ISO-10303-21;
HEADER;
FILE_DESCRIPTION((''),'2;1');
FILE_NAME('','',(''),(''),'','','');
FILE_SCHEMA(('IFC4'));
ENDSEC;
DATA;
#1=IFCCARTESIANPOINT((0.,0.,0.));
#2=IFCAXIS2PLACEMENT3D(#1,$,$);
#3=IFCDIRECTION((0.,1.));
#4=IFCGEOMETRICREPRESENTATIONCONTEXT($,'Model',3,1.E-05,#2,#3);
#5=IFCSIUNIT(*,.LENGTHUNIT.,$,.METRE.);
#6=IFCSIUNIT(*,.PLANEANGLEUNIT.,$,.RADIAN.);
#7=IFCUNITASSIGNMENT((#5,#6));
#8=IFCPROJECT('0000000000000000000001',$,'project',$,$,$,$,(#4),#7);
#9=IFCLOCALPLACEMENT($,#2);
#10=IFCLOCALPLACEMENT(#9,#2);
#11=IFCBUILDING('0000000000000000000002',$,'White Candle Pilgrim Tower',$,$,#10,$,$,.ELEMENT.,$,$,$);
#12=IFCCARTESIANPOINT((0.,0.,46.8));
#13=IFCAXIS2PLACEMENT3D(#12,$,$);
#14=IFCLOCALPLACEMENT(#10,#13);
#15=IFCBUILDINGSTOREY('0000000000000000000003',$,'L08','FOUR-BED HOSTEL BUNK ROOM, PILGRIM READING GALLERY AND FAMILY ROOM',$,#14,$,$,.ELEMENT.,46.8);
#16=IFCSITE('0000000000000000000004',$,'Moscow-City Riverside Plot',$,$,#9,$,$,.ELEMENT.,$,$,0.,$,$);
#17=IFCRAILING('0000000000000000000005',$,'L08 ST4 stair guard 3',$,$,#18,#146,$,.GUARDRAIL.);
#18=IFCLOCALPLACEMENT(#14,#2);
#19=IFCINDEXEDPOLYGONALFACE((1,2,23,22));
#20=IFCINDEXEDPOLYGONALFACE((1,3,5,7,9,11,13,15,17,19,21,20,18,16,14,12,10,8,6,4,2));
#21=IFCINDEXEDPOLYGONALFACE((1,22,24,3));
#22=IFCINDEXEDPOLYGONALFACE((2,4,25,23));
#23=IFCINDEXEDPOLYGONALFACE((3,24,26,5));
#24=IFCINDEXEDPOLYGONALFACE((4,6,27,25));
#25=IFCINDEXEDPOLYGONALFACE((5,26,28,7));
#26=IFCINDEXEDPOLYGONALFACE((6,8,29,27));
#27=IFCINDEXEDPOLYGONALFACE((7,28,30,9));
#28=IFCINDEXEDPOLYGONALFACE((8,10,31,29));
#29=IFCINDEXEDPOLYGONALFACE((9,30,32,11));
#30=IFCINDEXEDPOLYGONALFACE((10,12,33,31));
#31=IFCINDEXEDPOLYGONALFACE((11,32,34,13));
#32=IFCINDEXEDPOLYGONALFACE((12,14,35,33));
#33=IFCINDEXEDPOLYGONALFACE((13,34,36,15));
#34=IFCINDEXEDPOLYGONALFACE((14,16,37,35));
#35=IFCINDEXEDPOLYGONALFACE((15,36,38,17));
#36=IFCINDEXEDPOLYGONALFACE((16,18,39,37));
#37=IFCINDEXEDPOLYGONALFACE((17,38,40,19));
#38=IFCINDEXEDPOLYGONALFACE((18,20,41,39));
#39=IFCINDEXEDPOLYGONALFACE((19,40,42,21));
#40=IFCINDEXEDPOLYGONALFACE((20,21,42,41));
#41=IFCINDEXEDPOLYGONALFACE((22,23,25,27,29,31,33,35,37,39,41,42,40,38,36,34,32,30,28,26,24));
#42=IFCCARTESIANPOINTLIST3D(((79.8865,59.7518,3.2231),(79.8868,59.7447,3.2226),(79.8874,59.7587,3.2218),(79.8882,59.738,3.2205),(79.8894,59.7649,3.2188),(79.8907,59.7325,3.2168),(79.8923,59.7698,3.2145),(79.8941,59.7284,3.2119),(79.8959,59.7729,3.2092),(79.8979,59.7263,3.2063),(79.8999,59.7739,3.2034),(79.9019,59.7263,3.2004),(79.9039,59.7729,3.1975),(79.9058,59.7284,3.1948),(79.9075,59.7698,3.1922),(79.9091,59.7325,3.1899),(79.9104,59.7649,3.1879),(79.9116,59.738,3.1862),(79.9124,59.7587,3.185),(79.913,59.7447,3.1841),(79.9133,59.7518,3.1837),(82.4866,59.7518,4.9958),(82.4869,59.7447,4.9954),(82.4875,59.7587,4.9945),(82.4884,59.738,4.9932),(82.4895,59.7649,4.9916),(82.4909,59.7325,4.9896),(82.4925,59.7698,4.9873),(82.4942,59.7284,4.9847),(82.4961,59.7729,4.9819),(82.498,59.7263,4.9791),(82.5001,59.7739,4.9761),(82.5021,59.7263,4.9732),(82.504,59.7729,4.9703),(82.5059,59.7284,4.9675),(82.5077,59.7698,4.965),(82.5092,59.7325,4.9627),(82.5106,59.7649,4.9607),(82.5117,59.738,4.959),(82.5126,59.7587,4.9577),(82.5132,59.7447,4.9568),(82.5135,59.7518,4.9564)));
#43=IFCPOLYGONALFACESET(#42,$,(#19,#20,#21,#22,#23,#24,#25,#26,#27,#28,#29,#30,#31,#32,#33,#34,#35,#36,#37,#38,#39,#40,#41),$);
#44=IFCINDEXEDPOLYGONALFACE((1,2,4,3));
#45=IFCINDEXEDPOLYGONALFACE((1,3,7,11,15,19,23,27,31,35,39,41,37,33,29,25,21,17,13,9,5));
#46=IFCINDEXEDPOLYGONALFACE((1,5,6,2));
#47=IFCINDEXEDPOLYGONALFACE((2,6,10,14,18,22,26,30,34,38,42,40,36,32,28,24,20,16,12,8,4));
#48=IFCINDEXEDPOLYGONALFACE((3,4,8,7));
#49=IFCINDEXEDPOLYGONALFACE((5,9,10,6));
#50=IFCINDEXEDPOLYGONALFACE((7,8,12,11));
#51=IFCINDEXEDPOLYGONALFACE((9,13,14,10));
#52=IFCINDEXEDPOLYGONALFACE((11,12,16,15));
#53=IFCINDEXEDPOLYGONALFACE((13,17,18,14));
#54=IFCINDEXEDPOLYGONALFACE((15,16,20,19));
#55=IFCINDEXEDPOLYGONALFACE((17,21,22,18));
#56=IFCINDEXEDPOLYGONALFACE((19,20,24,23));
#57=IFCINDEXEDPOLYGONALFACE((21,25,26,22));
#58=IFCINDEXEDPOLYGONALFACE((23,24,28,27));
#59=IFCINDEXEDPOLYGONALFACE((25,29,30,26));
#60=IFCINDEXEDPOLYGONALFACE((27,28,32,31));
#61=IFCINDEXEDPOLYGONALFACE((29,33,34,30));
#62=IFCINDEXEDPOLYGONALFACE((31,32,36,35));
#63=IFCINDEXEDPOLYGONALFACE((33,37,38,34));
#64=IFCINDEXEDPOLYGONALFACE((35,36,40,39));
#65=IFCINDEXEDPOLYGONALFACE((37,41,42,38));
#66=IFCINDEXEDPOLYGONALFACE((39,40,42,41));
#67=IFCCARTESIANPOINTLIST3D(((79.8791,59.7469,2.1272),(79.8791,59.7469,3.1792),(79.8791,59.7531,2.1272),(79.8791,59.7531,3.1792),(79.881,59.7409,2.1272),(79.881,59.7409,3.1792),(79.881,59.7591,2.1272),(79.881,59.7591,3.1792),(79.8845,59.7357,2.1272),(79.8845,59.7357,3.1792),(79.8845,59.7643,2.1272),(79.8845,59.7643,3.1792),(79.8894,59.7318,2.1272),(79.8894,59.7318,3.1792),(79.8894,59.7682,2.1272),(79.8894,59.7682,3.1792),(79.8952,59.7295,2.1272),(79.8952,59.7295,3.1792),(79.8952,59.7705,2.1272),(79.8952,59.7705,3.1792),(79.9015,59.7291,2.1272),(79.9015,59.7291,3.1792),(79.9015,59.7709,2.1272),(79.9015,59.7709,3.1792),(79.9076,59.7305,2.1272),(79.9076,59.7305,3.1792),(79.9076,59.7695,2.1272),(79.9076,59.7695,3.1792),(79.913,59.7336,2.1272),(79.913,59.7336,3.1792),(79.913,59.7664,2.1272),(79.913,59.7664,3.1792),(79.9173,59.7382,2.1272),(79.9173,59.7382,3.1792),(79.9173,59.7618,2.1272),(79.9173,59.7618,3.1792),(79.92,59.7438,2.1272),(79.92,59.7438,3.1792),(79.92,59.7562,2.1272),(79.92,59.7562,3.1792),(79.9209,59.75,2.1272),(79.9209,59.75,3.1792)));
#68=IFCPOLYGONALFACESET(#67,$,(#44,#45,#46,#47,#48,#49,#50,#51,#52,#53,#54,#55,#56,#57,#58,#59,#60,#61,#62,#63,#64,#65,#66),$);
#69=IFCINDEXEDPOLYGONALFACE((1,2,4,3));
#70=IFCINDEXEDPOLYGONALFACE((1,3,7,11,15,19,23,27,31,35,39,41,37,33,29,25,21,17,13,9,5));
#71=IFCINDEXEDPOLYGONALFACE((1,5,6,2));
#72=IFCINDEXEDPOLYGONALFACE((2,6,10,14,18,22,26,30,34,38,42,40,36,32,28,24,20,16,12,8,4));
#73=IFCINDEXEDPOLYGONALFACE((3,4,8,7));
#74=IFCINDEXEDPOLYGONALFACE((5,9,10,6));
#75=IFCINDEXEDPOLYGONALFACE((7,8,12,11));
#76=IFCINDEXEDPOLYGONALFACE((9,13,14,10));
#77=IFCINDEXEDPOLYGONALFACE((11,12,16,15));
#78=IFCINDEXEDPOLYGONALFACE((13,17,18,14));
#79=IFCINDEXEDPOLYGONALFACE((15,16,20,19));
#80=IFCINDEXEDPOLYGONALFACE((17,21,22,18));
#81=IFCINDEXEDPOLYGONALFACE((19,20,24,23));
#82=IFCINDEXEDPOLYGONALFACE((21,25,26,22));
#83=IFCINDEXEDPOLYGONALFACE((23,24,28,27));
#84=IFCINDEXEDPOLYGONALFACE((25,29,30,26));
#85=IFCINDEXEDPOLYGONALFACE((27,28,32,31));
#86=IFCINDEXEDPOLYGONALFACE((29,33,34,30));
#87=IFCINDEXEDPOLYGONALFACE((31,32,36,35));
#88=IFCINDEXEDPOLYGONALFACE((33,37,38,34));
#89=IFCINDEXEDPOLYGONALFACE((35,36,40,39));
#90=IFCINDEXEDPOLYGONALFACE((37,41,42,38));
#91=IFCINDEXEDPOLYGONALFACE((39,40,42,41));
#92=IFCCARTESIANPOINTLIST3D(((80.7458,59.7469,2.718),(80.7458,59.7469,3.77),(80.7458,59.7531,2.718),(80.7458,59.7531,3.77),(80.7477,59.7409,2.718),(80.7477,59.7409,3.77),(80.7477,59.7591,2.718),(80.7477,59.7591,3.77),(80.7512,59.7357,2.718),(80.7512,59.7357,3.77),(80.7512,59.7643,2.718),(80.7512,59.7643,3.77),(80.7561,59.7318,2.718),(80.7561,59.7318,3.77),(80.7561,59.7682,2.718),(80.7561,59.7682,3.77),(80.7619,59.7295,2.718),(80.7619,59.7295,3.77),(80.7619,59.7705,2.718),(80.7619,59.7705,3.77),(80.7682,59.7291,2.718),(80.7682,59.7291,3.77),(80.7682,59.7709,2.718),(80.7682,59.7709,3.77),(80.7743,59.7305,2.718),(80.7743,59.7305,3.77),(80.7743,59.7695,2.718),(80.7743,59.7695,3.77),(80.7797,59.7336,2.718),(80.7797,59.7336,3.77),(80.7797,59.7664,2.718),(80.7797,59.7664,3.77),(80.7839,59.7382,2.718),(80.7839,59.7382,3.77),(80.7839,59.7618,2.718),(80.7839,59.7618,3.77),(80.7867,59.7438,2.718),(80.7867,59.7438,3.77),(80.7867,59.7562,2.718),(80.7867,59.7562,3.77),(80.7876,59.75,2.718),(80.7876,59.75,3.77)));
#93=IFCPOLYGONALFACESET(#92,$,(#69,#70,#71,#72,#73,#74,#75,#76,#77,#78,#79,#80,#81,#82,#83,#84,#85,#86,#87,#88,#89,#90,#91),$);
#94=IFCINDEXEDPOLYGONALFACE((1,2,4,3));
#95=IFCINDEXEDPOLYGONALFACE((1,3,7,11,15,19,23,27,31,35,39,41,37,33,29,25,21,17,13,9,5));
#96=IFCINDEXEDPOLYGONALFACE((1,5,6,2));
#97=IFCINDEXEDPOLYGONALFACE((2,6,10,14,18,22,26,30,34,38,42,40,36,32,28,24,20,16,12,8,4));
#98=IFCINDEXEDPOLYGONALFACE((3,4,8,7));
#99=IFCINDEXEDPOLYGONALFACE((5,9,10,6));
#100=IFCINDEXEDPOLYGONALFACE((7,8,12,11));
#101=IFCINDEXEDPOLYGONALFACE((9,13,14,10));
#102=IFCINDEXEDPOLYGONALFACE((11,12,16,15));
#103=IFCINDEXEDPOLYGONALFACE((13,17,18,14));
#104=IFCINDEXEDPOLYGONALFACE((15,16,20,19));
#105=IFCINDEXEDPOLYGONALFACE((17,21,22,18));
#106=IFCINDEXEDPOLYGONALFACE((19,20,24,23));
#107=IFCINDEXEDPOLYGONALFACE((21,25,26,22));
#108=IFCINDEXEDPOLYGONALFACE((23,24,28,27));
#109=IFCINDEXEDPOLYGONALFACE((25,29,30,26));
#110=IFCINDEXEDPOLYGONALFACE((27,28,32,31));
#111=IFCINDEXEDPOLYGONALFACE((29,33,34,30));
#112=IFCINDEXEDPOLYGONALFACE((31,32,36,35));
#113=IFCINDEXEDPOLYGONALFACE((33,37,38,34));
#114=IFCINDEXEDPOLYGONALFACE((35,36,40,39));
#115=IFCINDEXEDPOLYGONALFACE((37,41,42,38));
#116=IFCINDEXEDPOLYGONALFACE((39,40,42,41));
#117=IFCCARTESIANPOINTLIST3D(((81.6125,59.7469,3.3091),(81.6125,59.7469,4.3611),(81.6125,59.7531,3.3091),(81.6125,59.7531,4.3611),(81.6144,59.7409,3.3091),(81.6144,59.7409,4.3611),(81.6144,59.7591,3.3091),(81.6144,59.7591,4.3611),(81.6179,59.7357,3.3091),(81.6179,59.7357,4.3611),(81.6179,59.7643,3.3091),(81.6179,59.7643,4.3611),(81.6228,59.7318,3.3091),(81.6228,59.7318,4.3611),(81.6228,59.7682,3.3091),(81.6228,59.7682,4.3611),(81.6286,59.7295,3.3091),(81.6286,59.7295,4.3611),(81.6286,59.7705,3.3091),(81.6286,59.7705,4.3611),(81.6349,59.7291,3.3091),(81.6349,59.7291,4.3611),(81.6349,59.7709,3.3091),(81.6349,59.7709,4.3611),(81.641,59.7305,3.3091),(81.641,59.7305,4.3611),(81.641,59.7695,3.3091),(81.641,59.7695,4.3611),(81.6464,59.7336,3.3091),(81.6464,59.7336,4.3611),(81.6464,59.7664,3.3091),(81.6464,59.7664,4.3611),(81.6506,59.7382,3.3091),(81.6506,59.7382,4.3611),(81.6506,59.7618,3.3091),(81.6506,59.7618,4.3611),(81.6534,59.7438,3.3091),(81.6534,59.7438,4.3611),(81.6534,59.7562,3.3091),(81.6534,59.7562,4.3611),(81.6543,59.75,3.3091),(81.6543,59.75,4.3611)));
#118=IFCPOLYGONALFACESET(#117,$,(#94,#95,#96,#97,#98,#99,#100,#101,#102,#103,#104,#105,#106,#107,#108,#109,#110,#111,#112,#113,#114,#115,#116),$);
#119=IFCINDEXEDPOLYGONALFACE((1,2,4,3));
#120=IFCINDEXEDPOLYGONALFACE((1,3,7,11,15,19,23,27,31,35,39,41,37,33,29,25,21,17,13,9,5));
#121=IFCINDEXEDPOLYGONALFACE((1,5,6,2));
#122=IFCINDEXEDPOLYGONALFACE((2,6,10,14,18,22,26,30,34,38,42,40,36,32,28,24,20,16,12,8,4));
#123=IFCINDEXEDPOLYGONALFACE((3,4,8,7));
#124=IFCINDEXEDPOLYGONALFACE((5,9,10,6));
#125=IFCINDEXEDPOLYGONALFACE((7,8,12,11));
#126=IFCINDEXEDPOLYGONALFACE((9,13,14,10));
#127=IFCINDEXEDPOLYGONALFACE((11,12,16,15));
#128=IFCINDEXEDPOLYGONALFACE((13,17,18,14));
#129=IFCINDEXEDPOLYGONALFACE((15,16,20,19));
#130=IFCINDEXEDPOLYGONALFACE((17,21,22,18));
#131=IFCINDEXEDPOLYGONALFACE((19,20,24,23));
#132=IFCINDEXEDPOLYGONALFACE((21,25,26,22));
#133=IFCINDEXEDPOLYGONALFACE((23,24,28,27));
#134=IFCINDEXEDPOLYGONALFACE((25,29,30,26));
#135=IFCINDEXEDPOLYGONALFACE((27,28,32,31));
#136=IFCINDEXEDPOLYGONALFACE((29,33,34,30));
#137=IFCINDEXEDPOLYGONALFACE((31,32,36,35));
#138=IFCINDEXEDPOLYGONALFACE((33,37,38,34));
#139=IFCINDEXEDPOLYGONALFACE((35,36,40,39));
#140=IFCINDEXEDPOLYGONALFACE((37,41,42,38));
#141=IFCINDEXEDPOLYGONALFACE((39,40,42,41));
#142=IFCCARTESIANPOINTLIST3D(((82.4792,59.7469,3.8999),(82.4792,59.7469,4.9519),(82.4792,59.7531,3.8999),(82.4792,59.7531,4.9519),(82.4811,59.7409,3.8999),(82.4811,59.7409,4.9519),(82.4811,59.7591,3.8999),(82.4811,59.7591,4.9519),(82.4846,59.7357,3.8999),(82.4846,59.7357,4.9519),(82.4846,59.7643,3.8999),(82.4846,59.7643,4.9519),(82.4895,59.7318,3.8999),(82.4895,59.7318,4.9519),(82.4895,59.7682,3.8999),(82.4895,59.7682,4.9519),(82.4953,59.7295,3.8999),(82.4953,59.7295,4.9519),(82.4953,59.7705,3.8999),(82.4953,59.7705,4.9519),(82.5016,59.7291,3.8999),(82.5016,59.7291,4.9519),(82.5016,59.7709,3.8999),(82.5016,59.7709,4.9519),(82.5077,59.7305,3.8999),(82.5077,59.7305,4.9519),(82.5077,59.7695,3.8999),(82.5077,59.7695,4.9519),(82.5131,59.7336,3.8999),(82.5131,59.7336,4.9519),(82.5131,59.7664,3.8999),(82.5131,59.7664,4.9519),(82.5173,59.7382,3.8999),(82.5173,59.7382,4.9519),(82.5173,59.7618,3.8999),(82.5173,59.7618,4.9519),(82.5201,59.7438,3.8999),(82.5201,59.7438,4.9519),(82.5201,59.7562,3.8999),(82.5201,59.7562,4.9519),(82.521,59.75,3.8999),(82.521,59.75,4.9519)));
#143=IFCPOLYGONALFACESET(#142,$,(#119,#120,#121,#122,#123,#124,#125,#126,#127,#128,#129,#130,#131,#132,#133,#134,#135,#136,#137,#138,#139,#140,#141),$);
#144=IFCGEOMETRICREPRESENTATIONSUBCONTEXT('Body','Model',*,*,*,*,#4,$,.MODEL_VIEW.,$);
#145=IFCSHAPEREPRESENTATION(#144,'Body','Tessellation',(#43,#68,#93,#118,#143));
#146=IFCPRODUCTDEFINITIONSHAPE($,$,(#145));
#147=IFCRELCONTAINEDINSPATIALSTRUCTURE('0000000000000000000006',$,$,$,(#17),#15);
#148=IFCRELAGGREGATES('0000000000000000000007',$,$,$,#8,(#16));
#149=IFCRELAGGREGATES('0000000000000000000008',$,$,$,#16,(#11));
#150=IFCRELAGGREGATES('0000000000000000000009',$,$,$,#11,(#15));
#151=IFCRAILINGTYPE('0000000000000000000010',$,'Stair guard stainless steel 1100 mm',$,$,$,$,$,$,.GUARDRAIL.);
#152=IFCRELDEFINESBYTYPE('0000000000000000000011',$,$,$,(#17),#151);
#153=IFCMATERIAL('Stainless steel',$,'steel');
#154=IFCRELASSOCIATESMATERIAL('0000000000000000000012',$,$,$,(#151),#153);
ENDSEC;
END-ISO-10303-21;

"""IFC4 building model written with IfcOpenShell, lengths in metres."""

from ifc_helpers import new_model, si_unit, direction, frame, origin, origin_2d, place, context, subcontext, project, spatial, circle, extrude, material, type_object, element, save


model = new_model("IFC4")

# Units and contexts
model_context = context("Model", 3, precision=1e-05, world=origin(), true_north=direction((0.0, 1.0)))
body_context = subcontext(model_context, "Body", "Model", "MODEL_VIEW")
ifc_project = project(units=[si_unit("LENGTHUNIT", "METRE"), si_unit("PLANEANGLEUNIT", "RADIAN")], contexts=[model_context])

# Site, building, storey
site_placement = place(None, origin())
site = spatial("IfcSite", under=ifc_project, at=site_placement, Name="Moscow-City Riverside Plot", CompositionType="ELEMENT", RefElevation=0.0)
building_placement = place(site_placement, origin())
building = spatial("IfcBuilding", under=site, at=building_placement, Name="White Candle Pilgrim Tower", CompositionType="ELEMENT")
storey_placement = place(building_placement, frame((0.0, 0.0, 46.8)))
storey = spatial("IfcBuildingStorey", under=building, at=storey_placement, Name="L08", Description="FOUR-BED HOSTEL BUNK ROOM, PILGRIM READING GALLERY AND FAMILY ROOM", CompositionType="ELEMENT", Elevation=46.8)

# Railing
ifc_material_1 = material(Name="Stainless steel", Category="steel")
railing_type_1 = type_object("IfcRailingType", Name="Stair guard stainless steel 1100 mm", PredefinedType="GUARDRAIL", material=ifc_material_1)
railing_1_placement = place(storey_placement, frame((79.8999, 59.75, 2.1272)))
element("IfcRailing", 1, at=railing_1_placement, inside=storey, type_object=railing_type_1, Name="L08 ST4 stair guard 3", PredefinedType="GUARDRAIL", context=body_context, shape_type="SweptSolid", body=[
    extrude(circle(Radius=0.0239, at=origin_2d()), frame((0.0, 0.0, 1.0762), z_axis=(0.82624, 0.0, 0.563318), x_axis=(0.0, 1.0, 0.0)), (0.0, 0.0, 1.0), 3.147),
    extrude(circle(Radius=0.021, at=origin_2d()), origin(), (0.0, 0.0, 1.0), 1.052),
    extrude(circle(Radius=0.021, at=origin_2d()), frame((0.8667, 0.0, 0.5908)), (0.0, 0.0, 1.0), 1.052),
    extrude(circle(Radius=0.021, at=origin_2d()), frame((1.7334, 0.0, 1.1819)), (0.0, 0.0, 1.0), 1.052),
    extrude(circle(Radius=0.021, at=origin_2d()), frame((2.6001, 0.0, 1.7727)), (0.0, 0.0, 1.0), 1.052),
])

save(model, "model.ifc")
